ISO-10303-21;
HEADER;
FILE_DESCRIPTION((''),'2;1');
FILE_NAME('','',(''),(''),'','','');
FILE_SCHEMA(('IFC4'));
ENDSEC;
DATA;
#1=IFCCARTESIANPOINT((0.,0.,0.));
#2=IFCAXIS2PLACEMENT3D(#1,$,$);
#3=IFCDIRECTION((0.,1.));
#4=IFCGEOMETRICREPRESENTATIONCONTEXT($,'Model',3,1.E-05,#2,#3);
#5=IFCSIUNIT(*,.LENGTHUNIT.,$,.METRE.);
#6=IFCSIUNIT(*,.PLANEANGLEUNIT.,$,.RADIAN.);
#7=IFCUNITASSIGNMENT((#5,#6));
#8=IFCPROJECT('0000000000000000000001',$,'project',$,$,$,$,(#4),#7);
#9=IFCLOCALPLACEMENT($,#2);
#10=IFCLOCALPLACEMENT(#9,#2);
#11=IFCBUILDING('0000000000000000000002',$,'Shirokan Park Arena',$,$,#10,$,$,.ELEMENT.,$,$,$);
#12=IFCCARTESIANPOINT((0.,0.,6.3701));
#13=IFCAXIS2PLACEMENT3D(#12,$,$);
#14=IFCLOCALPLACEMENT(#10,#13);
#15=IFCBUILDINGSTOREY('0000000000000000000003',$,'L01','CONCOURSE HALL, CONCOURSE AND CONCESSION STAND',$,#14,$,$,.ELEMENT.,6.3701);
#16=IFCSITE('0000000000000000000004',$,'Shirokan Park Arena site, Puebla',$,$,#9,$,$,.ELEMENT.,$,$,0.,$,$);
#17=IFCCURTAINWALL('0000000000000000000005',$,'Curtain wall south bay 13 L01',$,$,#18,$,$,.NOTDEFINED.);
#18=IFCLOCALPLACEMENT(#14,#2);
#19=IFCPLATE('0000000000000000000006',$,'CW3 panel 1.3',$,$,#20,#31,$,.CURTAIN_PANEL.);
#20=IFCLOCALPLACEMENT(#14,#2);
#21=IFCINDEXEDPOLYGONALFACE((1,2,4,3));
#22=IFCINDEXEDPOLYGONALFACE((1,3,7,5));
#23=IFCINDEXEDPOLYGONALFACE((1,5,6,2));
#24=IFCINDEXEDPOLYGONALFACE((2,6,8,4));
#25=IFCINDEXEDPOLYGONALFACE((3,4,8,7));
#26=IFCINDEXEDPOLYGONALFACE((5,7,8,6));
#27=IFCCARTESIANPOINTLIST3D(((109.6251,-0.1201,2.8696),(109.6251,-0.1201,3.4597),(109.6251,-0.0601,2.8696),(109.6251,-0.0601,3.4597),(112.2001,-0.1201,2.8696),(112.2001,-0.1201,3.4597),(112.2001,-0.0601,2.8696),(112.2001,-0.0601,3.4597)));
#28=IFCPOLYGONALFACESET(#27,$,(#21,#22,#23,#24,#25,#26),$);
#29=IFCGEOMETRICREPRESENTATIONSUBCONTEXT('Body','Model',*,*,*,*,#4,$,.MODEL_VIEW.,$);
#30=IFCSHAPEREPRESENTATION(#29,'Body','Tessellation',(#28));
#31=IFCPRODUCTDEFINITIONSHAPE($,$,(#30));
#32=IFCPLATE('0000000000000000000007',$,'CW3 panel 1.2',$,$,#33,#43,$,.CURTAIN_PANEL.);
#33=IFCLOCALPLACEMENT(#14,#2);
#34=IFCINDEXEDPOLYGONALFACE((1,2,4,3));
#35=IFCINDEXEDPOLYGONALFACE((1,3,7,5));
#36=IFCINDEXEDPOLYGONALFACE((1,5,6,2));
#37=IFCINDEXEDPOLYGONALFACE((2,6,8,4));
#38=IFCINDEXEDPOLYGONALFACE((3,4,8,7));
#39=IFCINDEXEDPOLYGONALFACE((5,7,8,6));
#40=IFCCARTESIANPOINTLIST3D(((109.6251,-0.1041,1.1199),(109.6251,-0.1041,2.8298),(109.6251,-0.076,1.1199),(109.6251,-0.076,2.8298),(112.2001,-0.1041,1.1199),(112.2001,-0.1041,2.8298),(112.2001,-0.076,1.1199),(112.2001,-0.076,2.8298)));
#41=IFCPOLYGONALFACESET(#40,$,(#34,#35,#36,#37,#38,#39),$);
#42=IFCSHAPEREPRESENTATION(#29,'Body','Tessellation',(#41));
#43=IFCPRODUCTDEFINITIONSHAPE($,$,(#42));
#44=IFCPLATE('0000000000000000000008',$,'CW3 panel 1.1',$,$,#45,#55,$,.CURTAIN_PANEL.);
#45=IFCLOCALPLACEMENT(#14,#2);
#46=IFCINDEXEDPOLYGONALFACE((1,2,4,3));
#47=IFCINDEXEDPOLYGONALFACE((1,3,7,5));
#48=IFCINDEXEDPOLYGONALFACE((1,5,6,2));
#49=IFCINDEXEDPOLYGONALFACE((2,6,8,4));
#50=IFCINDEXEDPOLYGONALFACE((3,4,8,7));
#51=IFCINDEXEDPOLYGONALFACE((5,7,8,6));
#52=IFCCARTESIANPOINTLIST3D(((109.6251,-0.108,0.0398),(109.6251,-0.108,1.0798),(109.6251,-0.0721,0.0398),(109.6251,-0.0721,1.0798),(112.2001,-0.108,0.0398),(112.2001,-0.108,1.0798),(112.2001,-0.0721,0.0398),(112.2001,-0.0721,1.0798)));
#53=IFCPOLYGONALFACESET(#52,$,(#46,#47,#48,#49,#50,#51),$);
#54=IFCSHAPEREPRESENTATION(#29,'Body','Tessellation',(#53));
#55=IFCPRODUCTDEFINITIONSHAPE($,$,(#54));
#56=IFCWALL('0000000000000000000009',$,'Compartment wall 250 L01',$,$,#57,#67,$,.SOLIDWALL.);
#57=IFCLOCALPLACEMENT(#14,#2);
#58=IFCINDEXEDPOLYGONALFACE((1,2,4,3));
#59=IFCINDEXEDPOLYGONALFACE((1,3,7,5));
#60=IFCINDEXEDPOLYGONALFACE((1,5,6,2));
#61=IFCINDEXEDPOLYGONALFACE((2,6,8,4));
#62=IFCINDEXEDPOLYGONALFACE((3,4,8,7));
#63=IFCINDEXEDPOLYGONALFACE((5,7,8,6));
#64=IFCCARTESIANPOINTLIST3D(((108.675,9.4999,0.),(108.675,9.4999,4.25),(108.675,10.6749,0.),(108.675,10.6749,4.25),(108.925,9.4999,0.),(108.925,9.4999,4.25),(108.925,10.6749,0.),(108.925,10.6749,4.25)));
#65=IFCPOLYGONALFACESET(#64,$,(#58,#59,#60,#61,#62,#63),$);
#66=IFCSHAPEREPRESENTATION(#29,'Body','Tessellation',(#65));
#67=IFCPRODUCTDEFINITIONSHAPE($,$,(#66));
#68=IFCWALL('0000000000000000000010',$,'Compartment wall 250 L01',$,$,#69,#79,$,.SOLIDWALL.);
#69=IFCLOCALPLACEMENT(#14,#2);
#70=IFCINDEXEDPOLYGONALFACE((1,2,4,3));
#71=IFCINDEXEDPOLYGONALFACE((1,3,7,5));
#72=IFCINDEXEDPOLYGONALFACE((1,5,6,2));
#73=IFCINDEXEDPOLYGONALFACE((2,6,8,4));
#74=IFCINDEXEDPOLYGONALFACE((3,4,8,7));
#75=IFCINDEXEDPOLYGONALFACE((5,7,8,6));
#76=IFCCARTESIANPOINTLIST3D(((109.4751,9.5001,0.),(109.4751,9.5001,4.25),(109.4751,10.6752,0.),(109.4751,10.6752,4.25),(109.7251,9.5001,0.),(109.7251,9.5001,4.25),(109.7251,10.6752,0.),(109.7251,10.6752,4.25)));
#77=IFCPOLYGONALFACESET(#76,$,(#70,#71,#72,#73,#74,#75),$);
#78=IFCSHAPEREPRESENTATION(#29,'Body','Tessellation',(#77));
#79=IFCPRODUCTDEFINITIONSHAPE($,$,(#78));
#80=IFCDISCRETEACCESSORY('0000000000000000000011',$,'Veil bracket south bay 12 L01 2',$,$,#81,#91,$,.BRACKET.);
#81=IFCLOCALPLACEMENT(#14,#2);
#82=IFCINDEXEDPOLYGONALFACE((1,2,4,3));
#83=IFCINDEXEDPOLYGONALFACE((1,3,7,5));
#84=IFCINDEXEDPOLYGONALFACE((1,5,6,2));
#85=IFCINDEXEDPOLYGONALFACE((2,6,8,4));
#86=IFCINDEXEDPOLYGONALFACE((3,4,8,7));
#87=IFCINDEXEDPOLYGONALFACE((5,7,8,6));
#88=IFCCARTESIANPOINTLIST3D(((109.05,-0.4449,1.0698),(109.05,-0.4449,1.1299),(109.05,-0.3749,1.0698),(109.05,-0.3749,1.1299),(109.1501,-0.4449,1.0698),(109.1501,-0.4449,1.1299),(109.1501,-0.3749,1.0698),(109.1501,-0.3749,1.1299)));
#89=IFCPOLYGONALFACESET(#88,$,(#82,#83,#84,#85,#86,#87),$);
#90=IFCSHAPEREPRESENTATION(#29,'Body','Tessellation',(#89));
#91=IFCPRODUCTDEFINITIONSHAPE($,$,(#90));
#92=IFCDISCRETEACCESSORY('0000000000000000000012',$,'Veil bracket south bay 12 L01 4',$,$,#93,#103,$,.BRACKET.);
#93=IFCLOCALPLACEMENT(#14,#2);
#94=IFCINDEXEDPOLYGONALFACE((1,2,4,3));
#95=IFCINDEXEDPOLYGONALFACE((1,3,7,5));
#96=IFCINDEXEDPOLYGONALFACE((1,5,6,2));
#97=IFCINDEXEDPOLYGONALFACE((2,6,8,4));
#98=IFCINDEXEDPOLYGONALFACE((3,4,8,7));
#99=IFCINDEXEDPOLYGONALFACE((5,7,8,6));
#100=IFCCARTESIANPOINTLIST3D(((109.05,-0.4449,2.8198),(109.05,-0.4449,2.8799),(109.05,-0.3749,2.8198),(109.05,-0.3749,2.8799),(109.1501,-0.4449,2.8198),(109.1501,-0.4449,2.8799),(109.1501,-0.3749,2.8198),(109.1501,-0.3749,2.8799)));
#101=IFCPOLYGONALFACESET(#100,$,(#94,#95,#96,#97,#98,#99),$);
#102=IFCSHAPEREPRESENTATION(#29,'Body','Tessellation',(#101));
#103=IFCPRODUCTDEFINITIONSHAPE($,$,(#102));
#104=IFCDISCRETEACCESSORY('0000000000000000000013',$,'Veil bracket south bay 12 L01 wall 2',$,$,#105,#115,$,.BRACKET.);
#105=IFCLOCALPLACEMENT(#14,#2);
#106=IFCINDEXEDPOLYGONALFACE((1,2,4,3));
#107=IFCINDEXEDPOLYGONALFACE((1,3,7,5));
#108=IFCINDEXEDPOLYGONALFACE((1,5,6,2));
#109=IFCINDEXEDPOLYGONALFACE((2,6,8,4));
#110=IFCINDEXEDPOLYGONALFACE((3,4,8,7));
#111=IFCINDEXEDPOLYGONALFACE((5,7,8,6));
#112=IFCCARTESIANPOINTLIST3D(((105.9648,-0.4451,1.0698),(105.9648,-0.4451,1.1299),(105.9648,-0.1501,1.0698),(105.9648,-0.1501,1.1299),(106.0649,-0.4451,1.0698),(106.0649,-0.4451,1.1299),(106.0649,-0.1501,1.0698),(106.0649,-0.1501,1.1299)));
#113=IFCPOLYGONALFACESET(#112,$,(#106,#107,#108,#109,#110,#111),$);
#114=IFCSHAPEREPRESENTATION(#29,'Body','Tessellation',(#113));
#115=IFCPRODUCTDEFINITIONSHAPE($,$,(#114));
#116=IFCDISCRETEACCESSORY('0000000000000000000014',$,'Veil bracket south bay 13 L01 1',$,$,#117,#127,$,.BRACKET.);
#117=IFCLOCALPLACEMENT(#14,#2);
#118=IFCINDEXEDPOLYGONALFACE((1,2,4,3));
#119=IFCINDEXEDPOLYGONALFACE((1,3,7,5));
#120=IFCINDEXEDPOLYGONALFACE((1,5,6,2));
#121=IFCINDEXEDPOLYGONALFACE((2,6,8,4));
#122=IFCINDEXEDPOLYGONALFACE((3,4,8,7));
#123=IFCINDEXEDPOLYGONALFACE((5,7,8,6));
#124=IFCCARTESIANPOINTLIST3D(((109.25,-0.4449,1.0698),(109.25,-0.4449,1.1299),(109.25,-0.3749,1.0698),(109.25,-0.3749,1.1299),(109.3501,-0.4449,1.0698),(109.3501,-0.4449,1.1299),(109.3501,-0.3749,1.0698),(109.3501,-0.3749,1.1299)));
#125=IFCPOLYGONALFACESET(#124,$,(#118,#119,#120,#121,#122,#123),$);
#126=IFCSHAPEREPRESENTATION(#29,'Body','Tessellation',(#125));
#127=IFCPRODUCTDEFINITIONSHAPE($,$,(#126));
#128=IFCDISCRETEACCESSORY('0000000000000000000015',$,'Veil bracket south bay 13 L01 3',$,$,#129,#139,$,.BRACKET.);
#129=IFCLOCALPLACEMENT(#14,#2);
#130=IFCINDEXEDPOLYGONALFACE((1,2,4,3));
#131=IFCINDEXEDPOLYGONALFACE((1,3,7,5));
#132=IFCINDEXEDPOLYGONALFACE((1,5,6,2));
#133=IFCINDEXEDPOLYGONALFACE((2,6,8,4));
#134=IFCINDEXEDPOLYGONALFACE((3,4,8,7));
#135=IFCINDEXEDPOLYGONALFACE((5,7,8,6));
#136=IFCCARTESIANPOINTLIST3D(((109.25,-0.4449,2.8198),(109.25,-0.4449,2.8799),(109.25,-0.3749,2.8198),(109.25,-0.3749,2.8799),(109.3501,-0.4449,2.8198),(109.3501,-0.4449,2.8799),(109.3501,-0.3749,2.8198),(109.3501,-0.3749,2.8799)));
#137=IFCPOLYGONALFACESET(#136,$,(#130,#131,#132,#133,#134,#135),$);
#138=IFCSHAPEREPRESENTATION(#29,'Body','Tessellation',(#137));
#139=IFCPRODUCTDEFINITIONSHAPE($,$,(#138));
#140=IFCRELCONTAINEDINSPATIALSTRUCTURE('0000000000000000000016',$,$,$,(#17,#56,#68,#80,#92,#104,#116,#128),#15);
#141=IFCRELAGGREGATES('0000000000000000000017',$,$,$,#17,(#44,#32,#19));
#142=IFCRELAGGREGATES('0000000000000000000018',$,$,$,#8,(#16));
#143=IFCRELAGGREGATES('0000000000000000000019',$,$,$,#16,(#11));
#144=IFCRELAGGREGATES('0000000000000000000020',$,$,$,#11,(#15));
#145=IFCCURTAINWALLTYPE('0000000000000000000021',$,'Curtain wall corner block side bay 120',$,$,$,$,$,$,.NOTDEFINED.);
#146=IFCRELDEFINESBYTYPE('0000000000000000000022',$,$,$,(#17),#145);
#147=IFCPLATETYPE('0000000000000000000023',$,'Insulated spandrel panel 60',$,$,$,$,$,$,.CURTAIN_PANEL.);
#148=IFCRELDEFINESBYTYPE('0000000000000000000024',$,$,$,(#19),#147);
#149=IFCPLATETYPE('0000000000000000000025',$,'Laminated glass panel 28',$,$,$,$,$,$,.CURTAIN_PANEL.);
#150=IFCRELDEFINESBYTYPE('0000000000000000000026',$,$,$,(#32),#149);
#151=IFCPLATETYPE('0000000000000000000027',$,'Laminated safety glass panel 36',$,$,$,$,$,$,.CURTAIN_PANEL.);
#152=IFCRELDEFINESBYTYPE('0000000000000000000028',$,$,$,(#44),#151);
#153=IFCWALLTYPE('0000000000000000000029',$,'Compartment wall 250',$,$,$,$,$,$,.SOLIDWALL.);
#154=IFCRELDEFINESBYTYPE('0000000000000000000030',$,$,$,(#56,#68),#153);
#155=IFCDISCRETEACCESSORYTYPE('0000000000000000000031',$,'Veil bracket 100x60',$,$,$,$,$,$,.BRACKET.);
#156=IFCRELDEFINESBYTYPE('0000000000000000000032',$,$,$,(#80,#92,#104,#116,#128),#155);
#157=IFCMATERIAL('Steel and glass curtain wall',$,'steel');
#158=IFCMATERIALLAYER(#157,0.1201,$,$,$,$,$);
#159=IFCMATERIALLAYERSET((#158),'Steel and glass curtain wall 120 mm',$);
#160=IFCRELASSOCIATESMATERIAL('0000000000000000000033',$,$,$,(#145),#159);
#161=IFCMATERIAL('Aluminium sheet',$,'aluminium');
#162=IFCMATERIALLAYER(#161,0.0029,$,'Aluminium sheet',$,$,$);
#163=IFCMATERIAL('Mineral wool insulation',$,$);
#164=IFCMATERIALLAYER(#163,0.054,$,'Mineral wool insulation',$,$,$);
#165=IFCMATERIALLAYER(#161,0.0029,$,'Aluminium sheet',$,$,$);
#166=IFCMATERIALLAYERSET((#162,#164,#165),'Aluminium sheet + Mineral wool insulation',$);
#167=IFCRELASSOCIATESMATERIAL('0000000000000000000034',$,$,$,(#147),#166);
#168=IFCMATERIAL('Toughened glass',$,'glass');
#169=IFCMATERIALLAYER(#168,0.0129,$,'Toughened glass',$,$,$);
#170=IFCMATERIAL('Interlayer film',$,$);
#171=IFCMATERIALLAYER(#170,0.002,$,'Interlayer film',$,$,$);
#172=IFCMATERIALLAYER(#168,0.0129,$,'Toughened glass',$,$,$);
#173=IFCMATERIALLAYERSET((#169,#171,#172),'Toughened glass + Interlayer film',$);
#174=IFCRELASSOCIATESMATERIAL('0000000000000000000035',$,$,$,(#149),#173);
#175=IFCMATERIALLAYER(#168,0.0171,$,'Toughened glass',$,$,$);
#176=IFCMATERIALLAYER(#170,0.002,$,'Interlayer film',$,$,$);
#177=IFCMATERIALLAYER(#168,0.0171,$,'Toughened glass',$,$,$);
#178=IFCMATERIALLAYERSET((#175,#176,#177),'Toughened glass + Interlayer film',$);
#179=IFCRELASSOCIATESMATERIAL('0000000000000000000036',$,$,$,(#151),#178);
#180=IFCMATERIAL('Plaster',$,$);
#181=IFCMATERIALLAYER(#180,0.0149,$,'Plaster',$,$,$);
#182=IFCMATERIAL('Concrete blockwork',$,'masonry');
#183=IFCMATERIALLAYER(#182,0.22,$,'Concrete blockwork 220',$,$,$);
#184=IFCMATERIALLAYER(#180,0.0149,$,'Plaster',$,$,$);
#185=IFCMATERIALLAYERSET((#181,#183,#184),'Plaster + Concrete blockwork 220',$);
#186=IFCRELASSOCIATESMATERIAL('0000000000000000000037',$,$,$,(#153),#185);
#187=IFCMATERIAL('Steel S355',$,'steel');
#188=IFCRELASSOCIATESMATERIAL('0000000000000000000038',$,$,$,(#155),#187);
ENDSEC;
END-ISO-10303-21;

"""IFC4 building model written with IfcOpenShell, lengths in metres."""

from ifc_helpers import new_model, si_unit, direction, frame, frame_2d, origin, origin_2d, place, context, subcontext, project, spatial, rectangle, extrude, material, layer, layer_set, type_object, element, aggregate, save


model = new_model("IFC4")

# Units and contexts
model_context = context("Model", 3, precision=1e-05, world=origin(), true_north=direction((0.0, 1.0)))
body_context = subcontext(model_context, "Body", "Model", "MODEL_VIEW")
ifc_project = project(units=[si_unit("LENGTHUNIT", "METRE"), si_unit("PLANEANGLEUNIT", "RADIAN")], contexts=[model_context])

# Site, building, storey
site_placement = place(None, origin())
site = spatial("IfcSite", under=ifc_project, at=site_placement, Name="Shirokan Park Arena site, Puebla", CompositionType="ELEMENT", RefElevation=0.0)
building_placement = place(site_placement, origin())
building = spatial("IfcBuilding", under=site, at=building_placement, Name="Shirokan Park Arena", CompositionType="ELEMENT")
storey_placement = place(building_placement, frame((0.0, 0.0, 6.3701)))
storey = spatial("IfcBuildingStorey", under=building, at=storey_placement, Name="L01", Description="CONCOURSE HALL, CONCOURSE AND CONCESSION STAND", CompositionType="ELEMENT", Elevation=6.3701)

# Curtain wall
ifc_material_1 = material(Name="Steel and glass curtain wall", Category="steel")
ifc_layer_1 = layer(ifc_material_1, 0.1201)
ifc_layer_set_1 = layer_set([ifc_layer_1], Name="Steel and glass curtain wall 120 mm")
curtain_wall_type = type_object("IfcCurtainWallType", Name="Curtain wall corner block side bay 120", PredefinedType="NOTDEFINED", material=ifc_layer_set_1)
curtain_wall_placement = place(storey_placement, origin())
curtain_wall = element("IfcCurtainWall", 1, at=curtain_wall_placement, inside=storey, type_object=curtain_wall_type, Name="Curtain wall south bay 13 L01", PredefinedType="NOTDEFINED")
ifc_material_2 = material(Name="Steel S355", Category="steel")

# Plates
ifc_material_3 = material(Name="Aluminium sheet", Category="aluminium")
ifc_layer_2 = layer(ifc_material_3, 0.0029, Name="Aluminium sheet")
ifc_material_4 = material(Name="Mineral wool insulation")
ifc_layer_3 = layer(ifc_material_4, 0.054, Name="Mineral wool insulation")
ifc_layer_4 = layer(ifc_material_3, 0.0029, Name="Aluminium sheet")
ifc_layer_set_2 = layer_set([ifc_layer_2, ifc_layer_3, ifc_layer_4], Name="Aluminium sheet + Mineral wool insulation")
plate_type_1 = type_object("IfcPlateType", Name="Insulated spandrel panel 60", PredefinedType="CURTAIN_PANEL", material=ifc_layer_set_2)
plate_1_placement = place(storey_placement, frame((110.9126, -0.0901, 2.8696), z_axis=(0.0, 0.0, 1.0), x_axis=(1.0, 0.0, 0.0)))
plate_1 = element("IfcPlate", 2, at=plate_1_placement, type_object=plate_type_1, Name="CW3 panel 1.3", PredefinedType="CURTAIN_PANEL", context=body_context, shape_type="SweptSolid", body=[
    extrude(rectangle(XDim=2.575, YDim=0.0601, at=origin_2d()), origin(), (0.0, 0.0, 1.0), 0.5901),
])
ifc_material_5 = material(Name="Toughened glass", Category="glass")
ifc_layer_5 = layer(ifc_material_5, 0.0129, Name="Toughened glass")
ifc_material_6 = material(Name="Interlayer film")
ifc_layer_6 = layer(ifc_material_6, 0.002, Name="Interlayer film")
ifc_layer_7 = layer(ifc_material_5, 0.0129, Name="Toughened glass")
ifc_layer_set_3 = layer_set([ifc_layer_5, ifc_layer_6, ifc_layer_7], Name="Toughened glass + Interlayer film")
plate_type_2 = type_object("IfcPlateType", Name="Laminated glass panel 28", PredefinedType="CURTAIN_PANEL", material=ifc_layer_set_3)
plate_2_placement = place(storey_placement, frame((110.9126, -0.0901, 1.1199), z_axis=(0.0, 0.0, 1.0), x_axis=(1.0, 0.0, 0.0)))
plate_2 = element("IfcPlate", 3, at=plate_2_placement, type_object=plate_type_2, Name="CW3 panel 1.2", PredefinedType="CURTAIN_PANEL", context=body_context, shape_type="SweptSolid", body=[
    extrude(rectangle(XDim=2.575, YDim=0.0281, at=origin_2d()), origin(), (0.0, 0.0, 1.0), 1.71),
])
ifc_layer_8 = layer(ifc_material_5, 0.0171, Name="Toughened glass")
ifc_layer_9 = layer(ifc_material_6, 0.002, Name="Interlayer film")
ifc_layer_10 = layer(ifc_material_5, 0.0171, Name="Toughened glass")
ifc_layer_set_4 = layer_set([ifc_layer_8, ifc_layer_9, ifc_layer_10], Name="Toughened glass + Interlayer film")
plate_type_3 = type_object("IfcPlateType", Name="Laminated safety glass panel 36", PredefinedType="CURTAIN_PANEL", material=ifc_layer_set_4)
plate_3_placement = place(storey_placement, frame((110.9126, -0.0901, 0.0398), z_axis=(0.0, 0.0, 1.0), x_axis=(1.0, 0.0, 0.0)))
plate_3 = element("IfcPlate", 4, at=plate_3_placement, type_object=plate_type_3, Name="CW3 panel 1.1", PredefinedType="CURTAIN_PANEL", context=body_context, shape_type="SweptSolid", body=[
    extrude(rectangle(XDim=2.575, YDim=0.0359, at=origin_2d()), origin(), (0.0, 0.0, 1.0), 1.04),
])
aggregate(curtain_wall, [plate_3, plate_2, plate_1])

# Walls
ifc_material_7 = material(Name="Plaster")
ifc_layer_11 = layer(ifc_material_7, 0.0149, Name="Plaster")
ifc_material_8 = material(Name="Concrete blockwork", Category="masonry")
ifc_layer_12 = layer(ifc_material_8, 0.22, Name="Concrete blockwork 220")
ifc_layer_13 = layer(ifc_material_7, 0.0149, Name="Plaster")
ifc_layer_set_5 = layer_set([ifc_layer_11, ifc_layer_12, ifc_layer_13], Name="Plaster + Concrete blockwork 220")
wall_type = type_object("IfcWallType", Name="Compartment wall 250", PredefinedType="SOLIDWALL", material=ifc_layer_set_5)
for number, where, z_axis, x_axis, name in (
    (5, (108.8, 9.5, 0.0), (0.0, 0.0, 1.0), (0.0, 1.0, 0.0), "Compartment wall 250 L01"),
    (6, (109.6001, 10.675, 0.0), (0.0, 0.0, 1.0), (0.0, -1.0, 0.0), "Compartment wall 250 L01"),
):
    element("IfcWall", number, at=place(storey_placement, frame(where, z_axis=z_axis, x_axis=x_axis)), inside=storey, type_object=wall_type, Name=name, PredefinedType="SOLIDWALL", context=body_context, shape_type="SweptSolid", body=[
        extrude(rectangle(XDim=1.175, YDim=0.25, at=frame_2d((0.5874, 0.0))), origin(), (0.0, 0.0, 1.0), 4.25),
    ])

# Discrete accessories
discrete_accessory_type = type_object("IfcDiscreteAccessoryType", Name="Veil bracket 100x60", PredefinedType="BRACKET", material=ifc_material_2)
for number, where, z_axis, x_axis, name in (
    (7, (109.1001, -0.4099, 1.0698), (0.0, 0.0, 1.0), (1.0, 0.0, 0.0), "Veil bracket south bay 12 L01 2"),
    (8, (109.1001, -0.4099, 2.8198), (0.0, 0.0, 1.0), (1.0, 0.0, 0.0), "Veil bracket south bay 12 L01 4"),
):
    element("IfcDiscreteAccessory", number, at=place(storey_placement, frame(where, z_axis=z_axis, x_axis=x_axis)), inside=storey, type_object=discrete_accessory_type, Name=name, PredefinedType="BRACKET", context=body_context, shape_type="SweptSolid", body=[
        extrude(rectangle(XDim=0.1001, YDim=0.0701, at=origin_2d()), origin(), (0.0, 0.0, 1.0), 0.0601),
    ])
discrete_accessory_placement = place(storey_placement, frame((106.0149, -0.2976, 1.0698), z_axis=(0.0, 0.0, 1.0), x_axis=(1.0, 0.0, 0.0)))
element("IfcDiscreteAccessory", 9, at=discrete_accessory_placement, inside=storey, type_object=discrete_accessory_type, Name="Veil bracket south bay 12 L01 wall 2", PredefinedType="BRACKET", context=body_context, shape_type="SweptSolid", body=[
    extrude(rectangle(XDim=0.1001, YDim=0.2949, at=origin_2d()), origin(), (0.0, 0.0, 1.0), 0.0601),
])
for number, where, z_axis, x_axis, name in (
    (10, (109.3, -0.4099, 1.0698), (0.0, 0.0, 1.0), (1.0, 0.0, 0.0), "Veil bracket south bay 13 L01 1"),
    (11, (109.3, -0.4099, 2.8198), (0.0, 0.0, 1.0), (1.0, 0.0, 0.0), "Veil bracket south bay 13 L01 3"),
):
    element("IfcDiscreteAccessory", number, at=place(storey_placement, frame(where, z_axis=z_axis, x_axis=x_axis)), inside=storey, type_object=discrete_accessory_type, Name=name, PredefinedType="BRACKET", context=body_context, shape_type="SweptSolid", body=[
        extrude(rectangle(XDim=0.1001, YDim=0.0701, at=origin_2d()), origin(), (0.0, 0.0, 1.0), 0.0601),
    ])

save(model, "model.ifc")
